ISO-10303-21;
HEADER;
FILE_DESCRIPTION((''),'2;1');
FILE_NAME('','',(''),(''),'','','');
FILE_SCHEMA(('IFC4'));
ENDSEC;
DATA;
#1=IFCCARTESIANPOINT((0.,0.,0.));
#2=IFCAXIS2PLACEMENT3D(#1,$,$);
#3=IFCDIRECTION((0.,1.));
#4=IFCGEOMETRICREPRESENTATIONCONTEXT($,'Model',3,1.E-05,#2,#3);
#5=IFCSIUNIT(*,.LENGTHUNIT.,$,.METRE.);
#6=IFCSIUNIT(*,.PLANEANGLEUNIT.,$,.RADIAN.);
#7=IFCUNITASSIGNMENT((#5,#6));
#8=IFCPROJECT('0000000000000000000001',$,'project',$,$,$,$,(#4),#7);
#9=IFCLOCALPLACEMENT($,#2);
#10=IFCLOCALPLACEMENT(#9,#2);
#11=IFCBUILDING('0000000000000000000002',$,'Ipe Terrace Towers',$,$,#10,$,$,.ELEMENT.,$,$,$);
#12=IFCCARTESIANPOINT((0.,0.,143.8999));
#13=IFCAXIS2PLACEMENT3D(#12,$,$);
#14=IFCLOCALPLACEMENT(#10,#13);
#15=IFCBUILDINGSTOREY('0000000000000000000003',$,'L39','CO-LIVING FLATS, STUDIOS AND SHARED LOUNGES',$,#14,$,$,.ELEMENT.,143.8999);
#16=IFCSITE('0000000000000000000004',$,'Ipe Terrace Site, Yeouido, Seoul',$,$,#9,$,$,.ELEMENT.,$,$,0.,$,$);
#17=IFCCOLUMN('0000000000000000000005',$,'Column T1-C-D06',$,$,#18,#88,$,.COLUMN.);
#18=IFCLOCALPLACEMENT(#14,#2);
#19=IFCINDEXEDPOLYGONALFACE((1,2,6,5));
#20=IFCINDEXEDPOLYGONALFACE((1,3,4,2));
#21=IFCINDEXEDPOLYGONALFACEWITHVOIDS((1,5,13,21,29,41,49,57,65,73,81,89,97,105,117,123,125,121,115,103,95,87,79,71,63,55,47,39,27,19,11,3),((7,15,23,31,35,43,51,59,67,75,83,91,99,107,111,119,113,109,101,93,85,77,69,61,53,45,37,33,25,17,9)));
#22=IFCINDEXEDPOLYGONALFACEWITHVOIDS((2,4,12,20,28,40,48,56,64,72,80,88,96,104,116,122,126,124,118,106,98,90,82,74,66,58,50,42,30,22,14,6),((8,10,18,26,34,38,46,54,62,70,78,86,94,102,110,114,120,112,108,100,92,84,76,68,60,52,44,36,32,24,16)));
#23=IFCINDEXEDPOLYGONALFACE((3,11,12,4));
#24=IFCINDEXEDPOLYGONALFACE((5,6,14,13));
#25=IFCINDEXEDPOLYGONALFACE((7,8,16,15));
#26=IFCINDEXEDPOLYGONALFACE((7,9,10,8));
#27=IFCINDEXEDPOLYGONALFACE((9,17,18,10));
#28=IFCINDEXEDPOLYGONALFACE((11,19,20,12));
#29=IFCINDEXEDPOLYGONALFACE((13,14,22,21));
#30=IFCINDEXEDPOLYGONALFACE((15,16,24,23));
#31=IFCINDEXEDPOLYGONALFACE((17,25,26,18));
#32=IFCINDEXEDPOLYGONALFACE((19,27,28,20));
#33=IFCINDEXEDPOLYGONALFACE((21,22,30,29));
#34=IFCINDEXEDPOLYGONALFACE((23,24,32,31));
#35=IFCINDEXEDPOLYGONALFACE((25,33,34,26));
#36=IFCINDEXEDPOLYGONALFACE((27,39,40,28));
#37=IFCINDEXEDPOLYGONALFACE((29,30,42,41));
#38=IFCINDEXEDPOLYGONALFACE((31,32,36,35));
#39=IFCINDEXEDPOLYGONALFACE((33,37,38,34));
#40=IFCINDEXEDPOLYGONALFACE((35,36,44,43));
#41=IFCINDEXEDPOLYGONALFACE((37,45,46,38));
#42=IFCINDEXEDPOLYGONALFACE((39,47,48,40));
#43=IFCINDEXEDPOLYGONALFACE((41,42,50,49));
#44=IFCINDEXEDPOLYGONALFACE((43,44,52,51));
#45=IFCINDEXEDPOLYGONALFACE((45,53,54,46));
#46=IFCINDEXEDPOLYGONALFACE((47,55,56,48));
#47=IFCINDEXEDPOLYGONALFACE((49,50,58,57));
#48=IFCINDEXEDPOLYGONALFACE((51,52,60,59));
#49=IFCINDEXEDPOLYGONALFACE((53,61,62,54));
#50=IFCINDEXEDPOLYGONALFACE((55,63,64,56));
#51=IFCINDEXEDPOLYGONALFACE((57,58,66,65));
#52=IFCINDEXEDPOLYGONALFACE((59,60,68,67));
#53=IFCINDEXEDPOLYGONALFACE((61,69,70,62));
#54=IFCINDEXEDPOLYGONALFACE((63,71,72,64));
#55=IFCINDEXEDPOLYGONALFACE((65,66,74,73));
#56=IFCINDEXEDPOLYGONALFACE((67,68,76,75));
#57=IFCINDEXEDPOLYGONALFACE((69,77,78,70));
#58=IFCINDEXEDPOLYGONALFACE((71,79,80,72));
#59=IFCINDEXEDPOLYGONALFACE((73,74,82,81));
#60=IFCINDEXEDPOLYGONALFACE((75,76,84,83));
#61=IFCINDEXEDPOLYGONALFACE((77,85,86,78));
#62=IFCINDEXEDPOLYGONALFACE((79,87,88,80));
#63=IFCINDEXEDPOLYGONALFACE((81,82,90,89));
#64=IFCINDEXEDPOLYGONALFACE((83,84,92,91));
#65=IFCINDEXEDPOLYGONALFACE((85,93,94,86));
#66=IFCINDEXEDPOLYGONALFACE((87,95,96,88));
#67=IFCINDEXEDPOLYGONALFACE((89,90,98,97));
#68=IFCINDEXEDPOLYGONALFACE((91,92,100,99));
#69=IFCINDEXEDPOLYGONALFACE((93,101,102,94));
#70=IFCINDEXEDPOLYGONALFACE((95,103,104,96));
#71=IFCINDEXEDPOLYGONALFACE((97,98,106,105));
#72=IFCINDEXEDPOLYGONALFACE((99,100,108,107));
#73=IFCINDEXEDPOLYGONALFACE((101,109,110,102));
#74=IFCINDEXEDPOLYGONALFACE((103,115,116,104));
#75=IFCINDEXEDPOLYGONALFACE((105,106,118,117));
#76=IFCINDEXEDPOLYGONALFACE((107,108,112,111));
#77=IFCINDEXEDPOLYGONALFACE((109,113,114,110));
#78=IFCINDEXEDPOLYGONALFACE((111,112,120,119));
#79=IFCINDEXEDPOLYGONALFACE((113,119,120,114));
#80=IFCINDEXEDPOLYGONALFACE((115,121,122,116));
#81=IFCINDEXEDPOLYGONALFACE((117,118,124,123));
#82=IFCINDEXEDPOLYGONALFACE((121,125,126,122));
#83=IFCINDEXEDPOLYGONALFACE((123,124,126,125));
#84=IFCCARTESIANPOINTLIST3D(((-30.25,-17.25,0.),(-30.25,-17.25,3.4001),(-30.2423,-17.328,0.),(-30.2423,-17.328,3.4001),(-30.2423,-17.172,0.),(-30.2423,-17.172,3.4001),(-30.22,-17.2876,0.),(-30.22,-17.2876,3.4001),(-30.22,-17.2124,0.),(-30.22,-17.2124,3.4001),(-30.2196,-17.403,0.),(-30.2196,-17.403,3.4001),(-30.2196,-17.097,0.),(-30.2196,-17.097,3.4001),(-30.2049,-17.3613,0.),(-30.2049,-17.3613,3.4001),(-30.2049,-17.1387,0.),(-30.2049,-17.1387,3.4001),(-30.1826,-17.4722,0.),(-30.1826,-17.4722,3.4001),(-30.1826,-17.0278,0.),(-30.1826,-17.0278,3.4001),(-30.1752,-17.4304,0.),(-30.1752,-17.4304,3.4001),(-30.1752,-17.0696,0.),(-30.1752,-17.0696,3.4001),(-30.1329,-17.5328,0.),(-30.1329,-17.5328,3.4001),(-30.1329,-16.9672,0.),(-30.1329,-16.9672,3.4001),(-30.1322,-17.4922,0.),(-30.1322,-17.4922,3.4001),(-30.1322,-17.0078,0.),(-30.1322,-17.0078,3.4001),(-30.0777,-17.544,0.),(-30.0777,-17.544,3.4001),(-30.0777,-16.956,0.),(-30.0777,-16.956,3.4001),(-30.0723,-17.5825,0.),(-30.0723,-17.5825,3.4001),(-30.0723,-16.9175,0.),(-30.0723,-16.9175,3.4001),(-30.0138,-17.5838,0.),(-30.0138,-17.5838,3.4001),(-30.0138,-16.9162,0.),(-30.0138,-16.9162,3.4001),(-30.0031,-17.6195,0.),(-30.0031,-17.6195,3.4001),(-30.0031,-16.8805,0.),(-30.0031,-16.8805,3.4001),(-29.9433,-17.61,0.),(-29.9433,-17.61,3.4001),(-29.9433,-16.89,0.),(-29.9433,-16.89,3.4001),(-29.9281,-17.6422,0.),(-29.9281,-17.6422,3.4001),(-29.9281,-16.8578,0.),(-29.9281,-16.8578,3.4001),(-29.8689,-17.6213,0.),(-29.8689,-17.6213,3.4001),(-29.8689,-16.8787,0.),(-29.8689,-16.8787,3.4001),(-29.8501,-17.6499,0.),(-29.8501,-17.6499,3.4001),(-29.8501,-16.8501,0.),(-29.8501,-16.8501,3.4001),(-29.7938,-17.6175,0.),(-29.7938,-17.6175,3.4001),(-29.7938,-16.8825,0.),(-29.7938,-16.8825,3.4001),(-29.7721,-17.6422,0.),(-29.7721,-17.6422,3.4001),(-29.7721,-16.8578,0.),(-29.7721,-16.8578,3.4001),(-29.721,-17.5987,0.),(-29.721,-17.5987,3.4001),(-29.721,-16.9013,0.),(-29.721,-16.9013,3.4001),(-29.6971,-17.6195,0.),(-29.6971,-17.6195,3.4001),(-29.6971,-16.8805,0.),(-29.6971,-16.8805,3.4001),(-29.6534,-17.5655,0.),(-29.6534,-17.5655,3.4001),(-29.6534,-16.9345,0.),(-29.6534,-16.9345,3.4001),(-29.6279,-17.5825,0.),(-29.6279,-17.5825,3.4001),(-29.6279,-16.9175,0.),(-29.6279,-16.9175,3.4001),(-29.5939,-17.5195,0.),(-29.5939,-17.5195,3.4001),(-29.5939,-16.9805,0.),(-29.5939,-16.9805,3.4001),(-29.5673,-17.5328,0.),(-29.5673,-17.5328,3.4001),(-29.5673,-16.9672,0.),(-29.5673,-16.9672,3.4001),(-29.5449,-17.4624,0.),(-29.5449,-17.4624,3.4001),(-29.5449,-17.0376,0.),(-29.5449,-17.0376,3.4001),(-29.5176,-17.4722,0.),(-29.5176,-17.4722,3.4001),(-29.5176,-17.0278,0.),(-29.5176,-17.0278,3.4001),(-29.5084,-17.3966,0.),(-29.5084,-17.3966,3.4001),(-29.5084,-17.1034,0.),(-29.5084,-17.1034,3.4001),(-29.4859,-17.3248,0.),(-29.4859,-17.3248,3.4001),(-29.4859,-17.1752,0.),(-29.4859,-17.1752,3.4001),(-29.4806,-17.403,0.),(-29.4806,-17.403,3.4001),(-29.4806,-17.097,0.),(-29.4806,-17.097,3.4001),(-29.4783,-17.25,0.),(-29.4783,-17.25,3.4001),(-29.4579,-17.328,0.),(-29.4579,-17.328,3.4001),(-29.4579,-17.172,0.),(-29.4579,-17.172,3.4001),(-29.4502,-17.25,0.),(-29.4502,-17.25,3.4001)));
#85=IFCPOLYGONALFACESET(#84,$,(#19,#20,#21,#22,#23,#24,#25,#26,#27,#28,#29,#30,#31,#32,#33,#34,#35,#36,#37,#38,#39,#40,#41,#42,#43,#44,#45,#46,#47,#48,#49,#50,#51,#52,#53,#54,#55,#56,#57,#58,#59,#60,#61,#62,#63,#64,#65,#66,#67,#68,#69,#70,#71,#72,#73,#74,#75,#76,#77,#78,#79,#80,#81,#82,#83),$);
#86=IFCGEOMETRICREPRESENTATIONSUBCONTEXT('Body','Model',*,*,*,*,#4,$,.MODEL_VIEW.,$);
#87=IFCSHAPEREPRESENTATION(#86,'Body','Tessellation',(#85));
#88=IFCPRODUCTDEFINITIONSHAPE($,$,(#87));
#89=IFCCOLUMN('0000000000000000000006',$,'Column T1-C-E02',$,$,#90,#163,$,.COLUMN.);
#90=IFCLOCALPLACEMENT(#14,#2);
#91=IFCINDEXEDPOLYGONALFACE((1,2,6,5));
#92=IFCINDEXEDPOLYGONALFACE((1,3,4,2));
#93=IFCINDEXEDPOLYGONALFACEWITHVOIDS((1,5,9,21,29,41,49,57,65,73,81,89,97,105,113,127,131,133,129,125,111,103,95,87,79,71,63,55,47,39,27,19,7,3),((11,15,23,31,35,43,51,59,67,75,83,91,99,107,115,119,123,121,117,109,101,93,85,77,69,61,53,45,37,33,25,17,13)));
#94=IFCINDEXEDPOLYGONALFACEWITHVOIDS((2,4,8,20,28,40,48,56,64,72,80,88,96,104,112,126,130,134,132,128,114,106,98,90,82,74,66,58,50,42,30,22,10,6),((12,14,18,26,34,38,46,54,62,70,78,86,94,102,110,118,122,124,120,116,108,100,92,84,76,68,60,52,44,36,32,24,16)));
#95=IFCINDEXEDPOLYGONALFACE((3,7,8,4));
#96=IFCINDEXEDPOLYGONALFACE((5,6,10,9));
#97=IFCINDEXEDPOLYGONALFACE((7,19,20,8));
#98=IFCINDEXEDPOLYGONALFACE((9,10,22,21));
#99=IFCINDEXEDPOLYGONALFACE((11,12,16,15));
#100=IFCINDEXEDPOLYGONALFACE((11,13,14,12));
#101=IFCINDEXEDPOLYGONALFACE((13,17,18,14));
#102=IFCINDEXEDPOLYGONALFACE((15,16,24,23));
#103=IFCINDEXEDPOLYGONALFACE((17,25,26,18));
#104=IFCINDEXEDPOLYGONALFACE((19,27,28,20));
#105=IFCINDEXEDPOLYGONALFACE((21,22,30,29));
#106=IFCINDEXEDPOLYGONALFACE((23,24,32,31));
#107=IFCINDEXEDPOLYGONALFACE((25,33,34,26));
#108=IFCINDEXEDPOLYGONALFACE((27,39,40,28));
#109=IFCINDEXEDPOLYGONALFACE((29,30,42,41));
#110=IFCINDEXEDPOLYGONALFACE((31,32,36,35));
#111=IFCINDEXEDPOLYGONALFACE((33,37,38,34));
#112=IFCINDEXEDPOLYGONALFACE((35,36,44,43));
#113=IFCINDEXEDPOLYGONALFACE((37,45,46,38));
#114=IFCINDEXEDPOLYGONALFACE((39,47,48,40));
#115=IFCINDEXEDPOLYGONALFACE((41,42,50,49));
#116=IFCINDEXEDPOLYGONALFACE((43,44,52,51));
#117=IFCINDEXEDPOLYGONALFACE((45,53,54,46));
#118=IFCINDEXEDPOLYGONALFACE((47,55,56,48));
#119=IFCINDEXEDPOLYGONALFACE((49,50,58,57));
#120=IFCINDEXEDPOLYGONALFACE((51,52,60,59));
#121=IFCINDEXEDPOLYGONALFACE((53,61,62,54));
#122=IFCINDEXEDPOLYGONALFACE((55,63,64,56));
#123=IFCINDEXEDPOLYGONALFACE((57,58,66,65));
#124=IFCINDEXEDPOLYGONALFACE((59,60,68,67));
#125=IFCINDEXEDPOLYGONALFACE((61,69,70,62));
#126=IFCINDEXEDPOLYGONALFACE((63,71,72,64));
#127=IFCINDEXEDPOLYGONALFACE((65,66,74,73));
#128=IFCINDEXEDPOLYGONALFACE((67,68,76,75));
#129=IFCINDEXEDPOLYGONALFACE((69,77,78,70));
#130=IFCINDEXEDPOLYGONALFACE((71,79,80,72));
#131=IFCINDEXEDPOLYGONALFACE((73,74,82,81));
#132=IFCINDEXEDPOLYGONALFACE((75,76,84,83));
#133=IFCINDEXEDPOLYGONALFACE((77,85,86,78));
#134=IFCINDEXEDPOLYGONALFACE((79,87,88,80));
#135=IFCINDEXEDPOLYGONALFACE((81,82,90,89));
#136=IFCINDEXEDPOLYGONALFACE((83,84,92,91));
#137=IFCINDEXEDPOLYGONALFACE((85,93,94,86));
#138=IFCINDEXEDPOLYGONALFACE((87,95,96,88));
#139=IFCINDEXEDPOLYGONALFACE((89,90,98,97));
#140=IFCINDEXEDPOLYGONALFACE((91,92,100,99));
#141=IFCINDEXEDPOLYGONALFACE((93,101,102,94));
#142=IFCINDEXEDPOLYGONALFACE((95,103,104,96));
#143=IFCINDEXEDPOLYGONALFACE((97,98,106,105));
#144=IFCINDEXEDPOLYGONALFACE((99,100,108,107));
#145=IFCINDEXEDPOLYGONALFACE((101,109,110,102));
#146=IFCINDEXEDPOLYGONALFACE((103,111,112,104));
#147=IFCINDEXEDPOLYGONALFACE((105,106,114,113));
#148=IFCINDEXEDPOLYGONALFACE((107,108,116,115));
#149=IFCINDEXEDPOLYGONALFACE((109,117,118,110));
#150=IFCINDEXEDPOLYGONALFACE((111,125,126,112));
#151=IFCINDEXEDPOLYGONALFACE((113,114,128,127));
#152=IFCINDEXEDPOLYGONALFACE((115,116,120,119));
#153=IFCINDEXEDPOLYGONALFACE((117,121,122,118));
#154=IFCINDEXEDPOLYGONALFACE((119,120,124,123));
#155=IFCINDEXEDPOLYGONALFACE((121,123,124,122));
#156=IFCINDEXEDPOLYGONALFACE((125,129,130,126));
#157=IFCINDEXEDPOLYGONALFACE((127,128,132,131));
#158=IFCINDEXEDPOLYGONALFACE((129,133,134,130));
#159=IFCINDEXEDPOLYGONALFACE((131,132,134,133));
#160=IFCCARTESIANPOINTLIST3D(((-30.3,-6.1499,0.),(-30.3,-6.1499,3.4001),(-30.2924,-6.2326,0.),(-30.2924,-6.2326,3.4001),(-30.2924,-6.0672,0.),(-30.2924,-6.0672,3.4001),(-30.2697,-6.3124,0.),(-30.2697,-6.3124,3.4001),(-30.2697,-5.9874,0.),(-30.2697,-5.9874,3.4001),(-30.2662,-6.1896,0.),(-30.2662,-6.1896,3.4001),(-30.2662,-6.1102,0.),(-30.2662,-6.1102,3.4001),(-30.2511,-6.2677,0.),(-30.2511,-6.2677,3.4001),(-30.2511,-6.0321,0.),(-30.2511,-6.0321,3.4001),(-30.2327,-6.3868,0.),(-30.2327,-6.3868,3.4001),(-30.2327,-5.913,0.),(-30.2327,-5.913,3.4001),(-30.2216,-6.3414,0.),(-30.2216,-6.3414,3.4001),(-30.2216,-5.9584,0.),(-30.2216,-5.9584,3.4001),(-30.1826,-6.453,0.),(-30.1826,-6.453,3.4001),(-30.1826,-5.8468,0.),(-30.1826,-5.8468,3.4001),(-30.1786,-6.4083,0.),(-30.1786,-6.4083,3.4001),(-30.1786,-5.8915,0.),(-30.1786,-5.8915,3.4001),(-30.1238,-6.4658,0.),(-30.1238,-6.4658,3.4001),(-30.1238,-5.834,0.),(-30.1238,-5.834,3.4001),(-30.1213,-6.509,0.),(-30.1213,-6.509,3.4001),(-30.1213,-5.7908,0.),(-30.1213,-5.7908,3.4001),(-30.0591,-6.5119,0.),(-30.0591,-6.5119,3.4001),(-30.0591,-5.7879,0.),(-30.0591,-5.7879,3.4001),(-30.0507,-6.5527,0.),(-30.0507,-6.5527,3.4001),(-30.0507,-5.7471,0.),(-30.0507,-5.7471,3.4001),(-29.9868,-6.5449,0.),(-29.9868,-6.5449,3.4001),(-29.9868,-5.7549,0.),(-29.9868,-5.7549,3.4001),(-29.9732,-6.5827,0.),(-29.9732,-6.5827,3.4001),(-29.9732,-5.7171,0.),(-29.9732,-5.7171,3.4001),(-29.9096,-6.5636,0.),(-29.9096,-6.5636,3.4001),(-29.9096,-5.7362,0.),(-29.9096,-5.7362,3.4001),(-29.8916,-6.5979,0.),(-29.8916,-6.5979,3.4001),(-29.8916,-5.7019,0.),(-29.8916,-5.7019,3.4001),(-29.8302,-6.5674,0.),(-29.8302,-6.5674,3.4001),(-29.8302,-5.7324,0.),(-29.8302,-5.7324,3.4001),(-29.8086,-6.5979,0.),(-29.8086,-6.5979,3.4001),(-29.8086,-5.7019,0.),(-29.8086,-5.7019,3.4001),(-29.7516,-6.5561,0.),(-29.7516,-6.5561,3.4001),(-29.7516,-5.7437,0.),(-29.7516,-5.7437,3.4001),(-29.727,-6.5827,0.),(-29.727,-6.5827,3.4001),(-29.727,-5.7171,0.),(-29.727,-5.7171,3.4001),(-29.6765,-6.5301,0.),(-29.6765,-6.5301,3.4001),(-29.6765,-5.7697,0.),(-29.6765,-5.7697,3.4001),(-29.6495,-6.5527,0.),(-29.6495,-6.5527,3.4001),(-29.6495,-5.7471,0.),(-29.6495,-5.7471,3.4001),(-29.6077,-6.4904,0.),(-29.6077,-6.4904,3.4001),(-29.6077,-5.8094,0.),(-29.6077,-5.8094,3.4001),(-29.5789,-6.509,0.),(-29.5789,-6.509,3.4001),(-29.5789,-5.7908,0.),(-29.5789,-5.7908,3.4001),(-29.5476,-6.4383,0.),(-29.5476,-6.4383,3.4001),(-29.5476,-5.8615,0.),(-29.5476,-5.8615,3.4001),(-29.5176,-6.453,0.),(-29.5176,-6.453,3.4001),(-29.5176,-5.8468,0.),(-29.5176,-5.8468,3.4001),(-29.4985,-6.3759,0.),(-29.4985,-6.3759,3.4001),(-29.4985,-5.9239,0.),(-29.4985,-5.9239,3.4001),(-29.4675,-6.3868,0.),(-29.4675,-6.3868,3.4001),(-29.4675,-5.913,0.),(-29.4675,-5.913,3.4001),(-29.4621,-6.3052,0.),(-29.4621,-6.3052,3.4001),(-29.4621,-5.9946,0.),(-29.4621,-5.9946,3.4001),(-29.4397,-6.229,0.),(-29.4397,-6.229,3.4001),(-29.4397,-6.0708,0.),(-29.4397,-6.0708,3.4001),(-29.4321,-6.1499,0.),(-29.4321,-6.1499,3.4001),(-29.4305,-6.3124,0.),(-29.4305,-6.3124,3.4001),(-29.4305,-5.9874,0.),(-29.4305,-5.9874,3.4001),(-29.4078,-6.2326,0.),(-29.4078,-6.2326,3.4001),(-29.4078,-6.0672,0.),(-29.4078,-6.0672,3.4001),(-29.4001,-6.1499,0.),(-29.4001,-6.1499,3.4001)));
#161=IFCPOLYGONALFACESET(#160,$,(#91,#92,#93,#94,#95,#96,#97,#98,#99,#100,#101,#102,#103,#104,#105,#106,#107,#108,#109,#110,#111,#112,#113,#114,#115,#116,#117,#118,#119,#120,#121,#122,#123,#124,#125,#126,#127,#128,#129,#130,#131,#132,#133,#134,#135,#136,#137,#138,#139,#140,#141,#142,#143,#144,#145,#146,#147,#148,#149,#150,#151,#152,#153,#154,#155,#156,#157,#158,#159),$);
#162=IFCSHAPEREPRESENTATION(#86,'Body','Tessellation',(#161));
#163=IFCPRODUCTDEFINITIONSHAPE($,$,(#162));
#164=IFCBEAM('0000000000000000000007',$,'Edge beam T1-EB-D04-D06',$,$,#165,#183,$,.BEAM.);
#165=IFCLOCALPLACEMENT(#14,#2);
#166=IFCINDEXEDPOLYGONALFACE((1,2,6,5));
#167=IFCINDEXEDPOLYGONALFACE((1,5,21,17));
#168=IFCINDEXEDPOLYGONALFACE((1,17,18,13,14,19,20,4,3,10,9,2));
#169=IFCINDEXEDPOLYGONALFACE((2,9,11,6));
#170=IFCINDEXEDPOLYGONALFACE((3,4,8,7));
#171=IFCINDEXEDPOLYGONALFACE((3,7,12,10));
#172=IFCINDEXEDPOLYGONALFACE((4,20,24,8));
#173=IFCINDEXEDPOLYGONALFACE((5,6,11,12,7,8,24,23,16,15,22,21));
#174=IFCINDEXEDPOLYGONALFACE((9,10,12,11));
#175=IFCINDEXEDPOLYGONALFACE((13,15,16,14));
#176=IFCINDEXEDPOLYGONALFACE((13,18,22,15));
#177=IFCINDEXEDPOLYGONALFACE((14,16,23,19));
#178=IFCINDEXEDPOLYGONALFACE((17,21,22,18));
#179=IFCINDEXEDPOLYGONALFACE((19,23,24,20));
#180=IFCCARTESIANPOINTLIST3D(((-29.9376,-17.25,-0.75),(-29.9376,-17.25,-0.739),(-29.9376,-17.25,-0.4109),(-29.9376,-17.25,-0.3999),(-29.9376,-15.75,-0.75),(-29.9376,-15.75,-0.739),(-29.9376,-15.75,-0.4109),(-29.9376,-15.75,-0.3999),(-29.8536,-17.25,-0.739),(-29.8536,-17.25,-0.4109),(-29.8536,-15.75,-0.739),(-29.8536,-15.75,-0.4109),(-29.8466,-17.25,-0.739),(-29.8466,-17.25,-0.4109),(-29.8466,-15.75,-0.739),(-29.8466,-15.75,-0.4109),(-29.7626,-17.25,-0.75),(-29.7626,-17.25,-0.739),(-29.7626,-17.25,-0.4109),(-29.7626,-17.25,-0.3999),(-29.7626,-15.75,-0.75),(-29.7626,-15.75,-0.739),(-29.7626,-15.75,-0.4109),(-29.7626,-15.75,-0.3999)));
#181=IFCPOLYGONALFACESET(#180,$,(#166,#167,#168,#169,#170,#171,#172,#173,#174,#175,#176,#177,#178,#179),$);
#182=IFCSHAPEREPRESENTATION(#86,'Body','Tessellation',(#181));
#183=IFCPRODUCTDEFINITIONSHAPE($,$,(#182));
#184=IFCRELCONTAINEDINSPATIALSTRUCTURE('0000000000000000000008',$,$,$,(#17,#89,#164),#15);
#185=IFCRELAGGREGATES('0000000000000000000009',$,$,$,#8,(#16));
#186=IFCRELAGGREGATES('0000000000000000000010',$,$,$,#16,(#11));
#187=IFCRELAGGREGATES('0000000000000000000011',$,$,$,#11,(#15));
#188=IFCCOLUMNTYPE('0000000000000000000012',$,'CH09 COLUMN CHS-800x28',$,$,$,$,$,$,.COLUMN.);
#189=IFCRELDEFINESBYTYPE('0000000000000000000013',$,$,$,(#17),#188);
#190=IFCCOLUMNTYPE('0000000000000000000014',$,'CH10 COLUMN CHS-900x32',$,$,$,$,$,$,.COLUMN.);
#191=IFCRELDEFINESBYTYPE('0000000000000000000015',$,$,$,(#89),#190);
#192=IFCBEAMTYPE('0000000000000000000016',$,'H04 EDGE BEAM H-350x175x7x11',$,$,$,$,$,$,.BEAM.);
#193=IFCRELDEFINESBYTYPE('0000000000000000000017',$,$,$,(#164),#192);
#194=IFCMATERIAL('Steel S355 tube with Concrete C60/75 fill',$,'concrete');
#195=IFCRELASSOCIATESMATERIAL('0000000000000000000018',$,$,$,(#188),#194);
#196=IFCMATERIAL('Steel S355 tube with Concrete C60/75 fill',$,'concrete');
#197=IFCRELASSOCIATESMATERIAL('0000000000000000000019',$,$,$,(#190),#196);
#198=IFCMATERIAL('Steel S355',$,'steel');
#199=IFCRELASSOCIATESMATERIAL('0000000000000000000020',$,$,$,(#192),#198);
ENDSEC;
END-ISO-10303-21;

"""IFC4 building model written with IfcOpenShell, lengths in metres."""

from ifc_helpers import new_model, si_unit, direction, frame, origin, origin_2d, place, context, subcontext, project, spatial, hollow_circle, i_section, extrude, material, material_profile, profile_set, type_object, element, save


model = new_model("IFC4")

# Units and contexts
model_context = context("Model", 3, precision=1e-05, world=origin(), true_north=direction((0.0, 1.0)))
body_context = subcontext(model_context, "Body", "Model", "MODEL_VIEW")
ifc_project = project(units=[si_unit("LENGTHUNIT", "METRE"), si_unit("PLANEANGLEUNIT", "RADIAN")], contexts=[model_context])

# Site, building, storey
site_placement = place(None, origin())
site = spatial("IfcSite", under=ifc_project, at=site_placement, Name="Ipe Terrace Site, Yeouido, Seoul", CompositionType="ELEMENT", RefElevation=0.0)
building_placement = place(site_placement, origin())
building = spatial("IfcBuilding", under=site, at=building_placement, Name="Ipe Terrace Towers", CompositionType="ELEMENT")
storey_placement = place(building_placement, frame((0.0, 0.0, 143.8999)))
storey = spatial("IfcBuildingStorey", under=building, at=storey_placement, Name="L39", Description="CO-LIVING FLATS, STUDIOS AND SHARED LOUNGES", CompositionType="ELEMENT", Elevation=143.8999)

# Columns
ifc_material_1 = material(Name="Steel S355 tube with Concrete C60/75 fill", Category="concrete")
ifc_material_profile_1 = material_profile(ifc_material_1, hollow_circle(Radius=0.3999, WallThickness=0.0281, at=origin_2d()), Name="CHS-800x28")
ifc_profile_set_1 = profile_set([ifc_material_profile_1], Name="Steel S355 tube with Concrete C60/75 fill")
column_type_1 = type_object("IfcColumnType", Name="CH09 COLUMN CHS-800x28", PredefinedType="COLUMN", material=ifc_profile_set_1)
for number, where, z_axis, x_axis, name in (
    (1, (-29.8501, -17.25, 0.0), (0.0, 0.0, 1.0), (1.0, 0.0, 0.0), "Column T1-C-D06"),
):
    element("IfcColumn", number, at=place(storey_placement, frame(where, z_axis=z_axis, x_axis=x_axis)), inside=storey, type_object=column_type_1, Name=name, PredefinedType="COLUMN", context=body_context, shape_type="SweptSolid", body=[
        extrude(hollow_circle(Radius=0.3999, WallThickness=0.0281, at=origin_2d()), origin(), (0.0, 0.0, 1.0), 3.4001),
    ])
ifc_material_2 = material(Name="Steel S355 tube with Concrete C60/75 fill", Category="concrete")
ifc_material_profile_2 = material_profile(ifc_material_2, hollow_circle(Radius=0.45, WallThickness=0.032, at=origin_2d()), Name="CHS-900x32")
ifc_profile_set_2 = profile_set([ifc_material_profile_2], Name="Steel S355 tube with Concrete C60/75 fill")
column_type_2 = type_object("IfcColumnType", Name="CH10 COLUMN CHS-900x32", PredefinedType="COLUMN", material=ifc_profile_set_2)
column_placement = place(storey_placement, frame((-29.8501, -6.1499, 0.0), z_axis=(0.0, 0.0, 1.0), x_axis=(1.0, 0.0, 0.0)))
element("IfcColumn", 2, at=column_placement, inside=storey, type_object=column_type_2, Name="Column T1-C-E02", PredefinedType="COLUMN", context=body_context, shape_type="SweptSolid", body=[
    extrude(hollow_circle(Radius=0.45, WallThickness=0.032, at=origin_2d()), origin(), (0.0, 0.0, 1.0), 3.4001),
])

# Beam
ifc_material_3 = material(Name="Steel S355", Category="steel")
ifc_material_profile_3 = material_profile(ifc_material_3, i_section(OverallWidth=0.175, OverallDepth=0.3501, WebThickness=0.0071, FlangeThickness=0.011, at=origin_2d()), Name="H-350x175x7x11")
ifc_profile_set_3 = profile_set([ifc_material_profile_3], Name="Steel S355")
beam_type = type_object("IfcBeamType", Name="H04 EDGE BEAM H-350x175x7x11", PredefinedType="BEAM", material=ifc_profile_set_3)
beam_placement = place(storey_placement, frame((-29.8501, -15.75, -0.575), z_axis=(0.0, -1.0, 0.0), x_axis=(1.0, 0.0, 0.0)))
element("IfcBeam", 3, at=beam_placement, inside=storey, type_object=beam_type, Name="Edge beam T1-EB-D04-D06", PredefinedType="BEAM", context=body_context, shape_type="SweptSolid", body=[
    extrude(i_section(OverallWidth=0.175, OverallDepth=0.3501, WebThickness=0.0071, FlangeThickness=0.011, at=origin_2d()), origin(), (0.0, 0.0, 1.0), 1.5),
])

save(model, "model.ifc")
